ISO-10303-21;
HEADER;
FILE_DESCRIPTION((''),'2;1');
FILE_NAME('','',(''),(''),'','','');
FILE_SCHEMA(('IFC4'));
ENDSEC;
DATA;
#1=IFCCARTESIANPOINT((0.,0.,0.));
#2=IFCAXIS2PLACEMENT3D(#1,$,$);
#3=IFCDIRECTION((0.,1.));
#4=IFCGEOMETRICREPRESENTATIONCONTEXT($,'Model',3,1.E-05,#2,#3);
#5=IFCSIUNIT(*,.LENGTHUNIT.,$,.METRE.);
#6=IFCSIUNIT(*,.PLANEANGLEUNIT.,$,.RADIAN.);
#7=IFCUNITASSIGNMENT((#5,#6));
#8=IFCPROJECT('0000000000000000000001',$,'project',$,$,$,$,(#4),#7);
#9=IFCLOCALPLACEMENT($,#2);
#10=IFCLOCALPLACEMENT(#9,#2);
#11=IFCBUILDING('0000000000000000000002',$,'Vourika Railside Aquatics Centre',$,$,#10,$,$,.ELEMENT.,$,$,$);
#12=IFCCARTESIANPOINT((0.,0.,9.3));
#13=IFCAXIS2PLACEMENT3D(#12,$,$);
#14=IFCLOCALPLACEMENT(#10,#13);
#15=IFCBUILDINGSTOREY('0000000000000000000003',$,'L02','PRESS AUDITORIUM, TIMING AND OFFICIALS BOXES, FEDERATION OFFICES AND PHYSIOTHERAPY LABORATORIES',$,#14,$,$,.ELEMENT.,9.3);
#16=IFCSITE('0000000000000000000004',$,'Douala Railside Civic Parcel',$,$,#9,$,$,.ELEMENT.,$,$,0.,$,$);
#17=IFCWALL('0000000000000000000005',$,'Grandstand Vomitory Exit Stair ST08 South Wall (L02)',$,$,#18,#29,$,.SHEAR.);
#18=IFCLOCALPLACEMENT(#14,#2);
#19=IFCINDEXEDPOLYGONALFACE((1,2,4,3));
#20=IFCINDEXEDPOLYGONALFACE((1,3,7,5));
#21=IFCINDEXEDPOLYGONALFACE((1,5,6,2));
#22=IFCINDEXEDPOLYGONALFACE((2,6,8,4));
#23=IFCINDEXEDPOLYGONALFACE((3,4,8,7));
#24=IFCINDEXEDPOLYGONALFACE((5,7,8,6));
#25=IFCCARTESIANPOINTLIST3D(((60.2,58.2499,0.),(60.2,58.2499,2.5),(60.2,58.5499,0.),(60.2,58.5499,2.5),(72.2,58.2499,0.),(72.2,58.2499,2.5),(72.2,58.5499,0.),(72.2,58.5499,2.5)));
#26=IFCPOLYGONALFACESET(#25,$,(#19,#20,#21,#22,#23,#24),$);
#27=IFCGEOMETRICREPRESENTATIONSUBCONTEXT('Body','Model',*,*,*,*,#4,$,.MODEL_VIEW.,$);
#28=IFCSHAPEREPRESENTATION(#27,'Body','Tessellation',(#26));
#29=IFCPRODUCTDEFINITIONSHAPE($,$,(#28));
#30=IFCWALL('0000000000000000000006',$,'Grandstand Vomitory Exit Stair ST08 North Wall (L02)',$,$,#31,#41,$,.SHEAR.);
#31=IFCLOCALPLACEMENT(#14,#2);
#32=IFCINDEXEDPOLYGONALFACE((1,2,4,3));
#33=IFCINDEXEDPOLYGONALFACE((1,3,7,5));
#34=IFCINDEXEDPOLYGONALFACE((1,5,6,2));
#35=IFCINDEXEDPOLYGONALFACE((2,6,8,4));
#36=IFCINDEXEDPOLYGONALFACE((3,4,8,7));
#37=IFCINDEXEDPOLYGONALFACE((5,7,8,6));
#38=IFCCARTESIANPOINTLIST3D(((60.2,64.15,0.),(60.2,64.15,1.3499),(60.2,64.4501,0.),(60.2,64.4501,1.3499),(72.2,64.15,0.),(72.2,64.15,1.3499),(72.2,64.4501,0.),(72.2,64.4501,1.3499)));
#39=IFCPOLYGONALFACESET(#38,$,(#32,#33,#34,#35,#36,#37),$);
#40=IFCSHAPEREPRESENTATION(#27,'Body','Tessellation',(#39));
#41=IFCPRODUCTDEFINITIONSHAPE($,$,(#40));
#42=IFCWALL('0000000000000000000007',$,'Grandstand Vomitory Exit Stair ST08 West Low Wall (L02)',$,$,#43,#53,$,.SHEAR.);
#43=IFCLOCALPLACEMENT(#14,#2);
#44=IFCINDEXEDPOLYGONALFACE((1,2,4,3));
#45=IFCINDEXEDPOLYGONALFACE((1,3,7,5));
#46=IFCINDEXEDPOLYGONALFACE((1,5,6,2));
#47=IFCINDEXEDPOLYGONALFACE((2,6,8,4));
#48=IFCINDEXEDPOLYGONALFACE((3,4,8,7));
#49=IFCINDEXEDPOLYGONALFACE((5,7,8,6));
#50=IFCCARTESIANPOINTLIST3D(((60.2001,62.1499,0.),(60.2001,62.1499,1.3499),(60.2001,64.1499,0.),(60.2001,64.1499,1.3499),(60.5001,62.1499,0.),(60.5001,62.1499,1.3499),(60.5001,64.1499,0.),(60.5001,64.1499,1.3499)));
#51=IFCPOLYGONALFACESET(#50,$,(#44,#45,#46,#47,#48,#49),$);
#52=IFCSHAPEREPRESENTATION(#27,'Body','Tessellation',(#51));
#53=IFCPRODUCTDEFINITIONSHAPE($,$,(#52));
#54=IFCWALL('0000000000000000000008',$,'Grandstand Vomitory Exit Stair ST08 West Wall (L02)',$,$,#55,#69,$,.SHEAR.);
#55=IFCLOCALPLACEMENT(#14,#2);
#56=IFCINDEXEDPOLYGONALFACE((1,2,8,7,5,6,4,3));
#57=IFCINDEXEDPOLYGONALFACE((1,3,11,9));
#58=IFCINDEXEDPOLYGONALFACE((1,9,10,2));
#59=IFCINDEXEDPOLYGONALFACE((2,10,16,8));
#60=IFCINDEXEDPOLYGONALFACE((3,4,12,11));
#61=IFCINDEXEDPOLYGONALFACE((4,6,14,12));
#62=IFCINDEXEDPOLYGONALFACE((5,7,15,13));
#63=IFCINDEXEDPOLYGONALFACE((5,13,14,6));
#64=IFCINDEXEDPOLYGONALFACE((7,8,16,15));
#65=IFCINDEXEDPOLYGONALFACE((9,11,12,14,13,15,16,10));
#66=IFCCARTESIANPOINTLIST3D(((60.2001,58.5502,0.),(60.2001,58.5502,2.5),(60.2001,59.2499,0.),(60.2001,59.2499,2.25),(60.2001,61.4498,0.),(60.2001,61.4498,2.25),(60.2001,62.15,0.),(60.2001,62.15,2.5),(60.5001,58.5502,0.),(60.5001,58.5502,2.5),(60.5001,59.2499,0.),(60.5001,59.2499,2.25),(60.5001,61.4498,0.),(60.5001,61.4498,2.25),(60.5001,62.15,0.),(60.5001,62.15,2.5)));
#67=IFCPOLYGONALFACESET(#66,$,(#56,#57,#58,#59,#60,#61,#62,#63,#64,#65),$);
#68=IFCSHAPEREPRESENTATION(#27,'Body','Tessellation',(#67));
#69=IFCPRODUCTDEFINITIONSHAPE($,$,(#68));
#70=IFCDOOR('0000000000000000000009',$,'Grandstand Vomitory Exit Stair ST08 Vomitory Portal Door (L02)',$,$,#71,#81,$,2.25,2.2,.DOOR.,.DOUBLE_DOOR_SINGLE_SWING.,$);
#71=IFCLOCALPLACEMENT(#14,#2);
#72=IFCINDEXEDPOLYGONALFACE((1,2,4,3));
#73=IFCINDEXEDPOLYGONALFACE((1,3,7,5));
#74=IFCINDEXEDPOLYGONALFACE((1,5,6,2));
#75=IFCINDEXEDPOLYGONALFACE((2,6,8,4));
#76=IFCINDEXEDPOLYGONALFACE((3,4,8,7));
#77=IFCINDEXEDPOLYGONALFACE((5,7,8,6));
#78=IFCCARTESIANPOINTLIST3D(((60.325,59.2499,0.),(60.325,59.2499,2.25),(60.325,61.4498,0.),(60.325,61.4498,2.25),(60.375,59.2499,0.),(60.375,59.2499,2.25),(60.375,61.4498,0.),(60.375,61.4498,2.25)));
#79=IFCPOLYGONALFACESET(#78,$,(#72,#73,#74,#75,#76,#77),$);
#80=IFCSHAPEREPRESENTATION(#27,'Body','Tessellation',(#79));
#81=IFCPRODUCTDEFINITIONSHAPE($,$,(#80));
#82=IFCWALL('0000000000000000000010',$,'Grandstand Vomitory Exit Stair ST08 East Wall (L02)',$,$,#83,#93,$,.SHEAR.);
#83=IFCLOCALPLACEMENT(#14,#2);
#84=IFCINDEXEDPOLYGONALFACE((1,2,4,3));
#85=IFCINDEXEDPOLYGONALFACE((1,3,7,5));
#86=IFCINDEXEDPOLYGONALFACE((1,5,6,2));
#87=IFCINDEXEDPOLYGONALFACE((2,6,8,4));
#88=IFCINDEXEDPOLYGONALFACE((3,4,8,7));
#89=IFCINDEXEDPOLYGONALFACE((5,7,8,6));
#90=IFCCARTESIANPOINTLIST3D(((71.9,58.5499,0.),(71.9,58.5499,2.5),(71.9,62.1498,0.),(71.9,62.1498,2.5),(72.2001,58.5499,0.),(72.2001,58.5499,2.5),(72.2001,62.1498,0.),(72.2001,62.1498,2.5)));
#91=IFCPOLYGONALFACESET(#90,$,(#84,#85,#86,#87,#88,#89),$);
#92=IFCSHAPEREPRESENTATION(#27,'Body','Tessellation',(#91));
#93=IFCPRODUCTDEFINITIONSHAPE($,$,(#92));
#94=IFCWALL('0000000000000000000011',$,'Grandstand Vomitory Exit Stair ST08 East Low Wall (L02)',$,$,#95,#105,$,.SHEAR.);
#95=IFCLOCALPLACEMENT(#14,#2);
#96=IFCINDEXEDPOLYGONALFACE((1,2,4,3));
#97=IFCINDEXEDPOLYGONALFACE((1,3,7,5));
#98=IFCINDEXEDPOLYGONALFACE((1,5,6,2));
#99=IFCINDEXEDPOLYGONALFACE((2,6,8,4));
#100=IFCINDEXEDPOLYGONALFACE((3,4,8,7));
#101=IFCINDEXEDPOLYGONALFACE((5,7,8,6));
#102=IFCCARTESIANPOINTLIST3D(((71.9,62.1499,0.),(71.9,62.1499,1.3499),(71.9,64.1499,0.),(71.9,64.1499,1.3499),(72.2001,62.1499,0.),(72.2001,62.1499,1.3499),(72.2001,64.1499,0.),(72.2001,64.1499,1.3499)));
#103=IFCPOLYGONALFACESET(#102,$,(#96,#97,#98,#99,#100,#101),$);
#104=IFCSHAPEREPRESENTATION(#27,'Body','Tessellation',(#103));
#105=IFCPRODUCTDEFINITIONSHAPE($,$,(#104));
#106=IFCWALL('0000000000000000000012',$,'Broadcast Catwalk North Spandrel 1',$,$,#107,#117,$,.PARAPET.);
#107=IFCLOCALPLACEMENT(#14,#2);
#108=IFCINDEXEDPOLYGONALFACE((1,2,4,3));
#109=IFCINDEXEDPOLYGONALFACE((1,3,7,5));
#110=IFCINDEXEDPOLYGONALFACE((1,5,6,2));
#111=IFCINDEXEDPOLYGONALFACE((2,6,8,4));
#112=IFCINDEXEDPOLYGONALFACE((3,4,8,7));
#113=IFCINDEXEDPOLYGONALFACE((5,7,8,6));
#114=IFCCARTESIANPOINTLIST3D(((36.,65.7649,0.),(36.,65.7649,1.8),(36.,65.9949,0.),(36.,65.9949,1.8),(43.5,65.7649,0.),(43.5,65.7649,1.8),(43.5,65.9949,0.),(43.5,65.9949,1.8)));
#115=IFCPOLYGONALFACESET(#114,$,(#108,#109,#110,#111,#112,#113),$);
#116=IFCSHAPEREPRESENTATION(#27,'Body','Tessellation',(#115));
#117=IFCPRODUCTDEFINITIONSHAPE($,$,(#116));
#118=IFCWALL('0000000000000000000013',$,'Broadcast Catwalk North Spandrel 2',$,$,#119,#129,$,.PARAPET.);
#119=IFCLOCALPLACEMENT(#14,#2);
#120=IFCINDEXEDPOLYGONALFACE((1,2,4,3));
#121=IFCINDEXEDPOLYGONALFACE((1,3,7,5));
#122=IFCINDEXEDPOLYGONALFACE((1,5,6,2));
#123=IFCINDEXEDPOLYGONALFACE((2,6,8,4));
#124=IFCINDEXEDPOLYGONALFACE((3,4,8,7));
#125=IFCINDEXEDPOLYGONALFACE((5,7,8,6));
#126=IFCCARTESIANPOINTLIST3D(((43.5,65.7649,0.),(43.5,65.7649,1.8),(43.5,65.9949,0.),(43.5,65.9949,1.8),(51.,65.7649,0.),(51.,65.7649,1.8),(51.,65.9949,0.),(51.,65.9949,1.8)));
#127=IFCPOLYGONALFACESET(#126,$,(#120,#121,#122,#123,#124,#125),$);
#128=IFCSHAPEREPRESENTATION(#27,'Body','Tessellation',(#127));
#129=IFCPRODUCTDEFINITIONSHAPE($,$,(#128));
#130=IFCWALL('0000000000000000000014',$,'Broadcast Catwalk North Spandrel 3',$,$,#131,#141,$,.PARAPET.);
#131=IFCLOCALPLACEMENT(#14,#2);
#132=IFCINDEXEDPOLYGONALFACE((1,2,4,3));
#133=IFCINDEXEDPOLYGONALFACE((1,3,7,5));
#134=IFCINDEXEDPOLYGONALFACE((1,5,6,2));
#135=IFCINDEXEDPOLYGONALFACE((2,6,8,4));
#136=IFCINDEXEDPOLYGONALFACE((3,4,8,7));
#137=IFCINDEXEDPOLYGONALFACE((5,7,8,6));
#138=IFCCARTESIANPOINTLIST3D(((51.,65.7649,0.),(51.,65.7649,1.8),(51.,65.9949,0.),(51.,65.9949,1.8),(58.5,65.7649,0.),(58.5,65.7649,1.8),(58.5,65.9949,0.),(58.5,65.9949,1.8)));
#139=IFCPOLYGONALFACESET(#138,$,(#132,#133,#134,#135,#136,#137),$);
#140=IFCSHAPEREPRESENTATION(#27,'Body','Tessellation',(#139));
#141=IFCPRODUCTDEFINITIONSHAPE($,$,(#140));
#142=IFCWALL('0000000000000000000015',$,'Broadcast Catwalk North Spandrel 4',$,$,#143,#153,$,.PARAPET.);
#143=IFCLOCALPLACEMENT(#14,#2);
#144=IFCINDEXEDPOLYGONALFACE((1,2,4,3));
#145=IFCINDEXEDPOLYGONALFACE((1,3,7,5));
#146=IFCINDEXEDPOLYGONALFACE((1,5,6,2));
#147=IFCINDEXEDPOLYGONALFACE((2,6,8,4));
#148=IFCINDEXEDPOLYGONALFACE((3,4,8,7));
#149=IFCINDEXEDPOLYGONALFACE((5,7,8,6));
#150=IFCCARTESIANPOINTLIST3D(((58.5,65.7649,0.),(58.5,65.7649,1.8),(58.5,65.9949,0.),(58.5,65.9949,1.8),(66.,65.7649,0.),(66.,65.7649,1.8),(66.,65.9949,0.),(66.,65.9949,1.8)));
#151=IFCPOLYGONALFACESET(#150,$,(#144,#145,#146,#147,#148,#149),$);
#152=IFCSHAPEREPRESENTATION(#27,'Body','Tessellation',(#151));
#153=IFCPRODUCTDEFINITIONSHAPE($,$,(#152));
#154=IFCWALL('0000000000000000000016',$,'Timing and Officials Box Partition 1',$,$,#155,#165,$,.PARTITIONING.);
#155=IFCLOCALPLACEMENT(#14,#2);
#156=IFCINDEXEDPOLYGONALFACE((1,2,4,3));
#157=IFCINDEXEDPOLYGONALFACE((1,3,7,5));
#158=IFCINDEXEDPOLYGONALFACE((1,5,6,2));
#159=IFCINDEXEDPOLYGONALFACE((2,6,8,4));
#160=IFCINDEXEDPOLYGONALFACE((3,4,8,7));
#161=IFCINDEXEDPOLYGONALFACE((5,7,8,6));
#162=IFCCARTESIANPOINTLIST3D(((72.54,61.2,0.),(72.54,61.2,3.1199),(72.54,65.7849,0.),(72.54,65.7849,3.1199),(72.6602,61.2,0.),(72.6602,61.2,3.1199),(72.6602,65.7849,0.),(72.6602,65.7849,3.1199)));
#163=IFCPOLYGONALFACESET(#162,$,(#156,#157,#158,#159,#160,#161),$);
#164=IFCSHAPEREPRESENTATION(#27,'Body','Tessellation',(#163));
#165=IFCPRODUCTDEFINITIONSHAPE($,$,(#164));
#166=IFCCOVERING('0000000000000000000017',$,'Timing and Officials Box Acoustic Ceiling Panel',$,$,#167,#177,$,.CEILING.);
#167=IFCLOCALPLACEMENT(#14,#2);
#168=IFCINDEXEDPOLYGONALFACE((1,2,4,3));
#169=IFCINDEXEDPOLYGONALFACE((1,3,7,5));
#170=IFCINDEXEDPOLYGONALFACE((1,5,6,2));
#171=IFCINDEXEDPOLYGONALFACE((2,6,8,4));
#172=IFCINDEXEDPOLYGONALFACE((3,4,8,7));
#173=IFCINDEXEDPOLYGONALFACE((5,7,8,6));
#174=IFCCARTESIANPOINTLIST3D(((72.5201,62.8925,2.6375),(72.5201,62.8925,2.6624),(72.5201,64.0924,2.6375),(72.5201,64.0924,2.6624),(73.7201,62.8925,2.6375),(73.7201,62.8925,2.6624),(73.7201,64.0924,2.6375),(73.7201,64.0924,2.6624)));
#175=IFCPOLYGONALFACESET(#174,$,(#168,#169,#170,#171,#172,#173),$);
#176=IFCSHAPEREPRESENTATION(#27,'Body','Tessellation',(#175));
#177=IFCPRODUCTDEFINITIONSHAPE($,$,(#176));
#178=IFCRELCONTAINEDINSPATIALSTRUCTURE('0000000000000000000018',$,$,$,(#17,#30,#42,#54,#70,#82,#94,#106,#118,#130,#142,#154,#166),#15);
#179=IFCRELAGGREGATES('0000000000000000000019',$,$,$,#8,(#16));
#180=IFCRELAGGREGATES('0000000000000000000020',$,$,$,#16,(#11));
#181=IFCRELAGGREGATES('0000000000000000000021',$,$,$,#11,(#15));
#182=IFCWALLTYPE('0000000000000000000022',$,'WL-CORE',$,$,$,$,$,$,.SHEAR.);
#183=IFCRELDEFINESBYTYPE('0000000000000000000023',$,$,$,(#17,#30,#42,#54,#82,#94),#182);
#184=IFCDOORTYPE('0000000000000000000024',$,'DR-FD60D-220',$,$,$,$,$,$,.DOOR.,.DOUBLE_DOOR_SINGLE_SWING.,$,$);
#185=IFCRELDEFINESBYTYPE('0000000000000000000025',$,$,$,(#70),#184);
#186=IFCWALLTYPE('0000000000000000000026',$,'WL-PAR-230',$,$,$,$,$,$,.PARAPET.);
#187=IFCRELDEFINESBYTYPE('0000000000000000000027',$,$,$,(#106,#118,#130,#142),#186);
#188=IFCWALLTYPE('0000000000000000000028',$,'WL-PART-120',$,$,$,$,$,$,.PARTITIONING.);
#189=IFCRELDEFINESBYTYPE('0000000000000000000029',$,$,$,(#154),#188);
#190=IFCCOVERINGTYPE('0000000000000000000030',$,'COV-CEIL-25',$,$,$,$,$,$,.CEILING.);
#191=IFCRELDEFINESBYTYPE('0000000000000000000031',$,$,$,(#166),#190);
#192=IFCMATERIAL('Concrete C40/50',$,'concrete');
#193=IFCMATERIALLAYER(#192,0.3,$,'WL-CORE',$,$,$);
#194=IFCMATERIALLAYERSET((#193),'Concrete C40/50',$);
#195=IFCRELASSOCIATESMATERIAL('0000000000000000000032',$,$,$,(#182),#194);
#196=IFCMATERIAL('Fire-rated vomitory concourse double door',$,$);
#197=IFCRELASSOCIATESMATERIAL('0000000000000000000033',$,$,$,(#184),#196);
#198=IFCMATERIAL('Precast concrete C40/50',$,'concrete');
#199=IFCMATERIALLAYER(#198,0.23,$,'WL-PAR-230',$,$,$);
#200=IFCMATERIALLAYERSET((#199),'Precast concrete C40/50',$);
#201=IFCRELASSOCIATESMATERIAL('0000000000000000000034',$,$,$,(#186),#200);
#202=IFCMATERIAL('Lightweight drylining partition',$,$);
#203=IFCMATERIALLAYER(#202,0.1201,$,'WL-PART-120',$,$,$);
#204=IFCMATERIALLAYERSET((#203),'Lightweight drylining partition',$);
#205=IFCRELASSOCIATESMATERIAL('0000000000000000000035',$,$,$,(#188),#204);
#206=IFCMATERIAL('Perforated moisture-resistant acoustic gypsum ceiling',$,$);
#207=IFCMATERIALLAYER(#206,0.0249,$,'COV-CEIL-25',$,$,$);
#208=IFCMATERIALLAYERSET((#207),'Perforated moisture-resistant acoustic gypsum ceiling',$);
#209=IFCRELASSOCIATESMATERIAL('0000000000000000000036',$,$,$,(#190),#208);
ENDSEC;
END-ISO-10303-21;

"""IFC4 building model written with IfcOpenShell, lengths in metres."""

from ifc_helpers import new_model, si_unit, direction, frame, frame_2d, origin, origin_2d, place, context, subcontext, project, spatial, rectangle, extrude, material, layer, layer_set, type_object, element, fill, save


model = new_model("IFC4")

# Units and contexts
model_context = context("Model", 3, precision=1e-05, world=origin(), true_north=direction((0.0, 1.0)))
body_context = subcontext(model_context, "Body", "Model", "MODEL_VIEW")
ifc_project = project(units=[si_unit("LENGTHUNIT", "METRE"), si_unit("PLANEANGLEUNIT", "RADIAN")], contexts=[model_context])

# Site, building, storey
site_placement = place(None, origin())
site = spatial("IfcSite", under=ifc_project, at=site_placement, Name="Douala Railside Civic Parcel", CompositionType="ELEMENT", RefElevation=0.0)
building_placement = place(site_placement, origin())
building = spatial("IfcBuilding", under=site, at=building_placement, Name="Vourika Railside Aquatics Centre", CompositionType="ELEMENT")
storey_placement = place(building_placement, frame((0.0, 0.0, 9.3)))
storey = spatial("IfcBuildingStorey", under=building, at=storey_placement, Name="L02", Description="PRESS AUDITORIUM, TIMING AND OFFICIALS BOXES, FEDERATION OFFICES AND PHYSIOTHERAPY LABORATORIES", CompositionType="ELEMENT", Elevation=9.3)

# Walls
ifc_material_1 = material(Name="Concrete C40/50", Category="concrete")
ifc_layer_1 = layer(ifc_material_1, 0.3, Name="WL-CORE")
ifc_layer_set_1 = layer_set([ifc_layer_1], Name="Concrete C40/50")
wall_type_1 = type_object("IfcWallType", Name="WL-CORE", PredefinedType="SHEAR", material=ifc_layer_set_1)
wall_1_placement = place(storey_placement, frame((60.2, 58.3999, 0.0), z_axis=(0.0, 0.0, 1.0), x_axis=(1.0, 0.0, 0.0)))
element("IfcWall", 1, at=wall_1_placement, inside=storey, type_object=wall_type_1, Name="Grandstand Vomitory Exit Stair ST08 South Wall (L02)", PredefinedType="SHEAR", context=body_context, shape_type="SweptSolid", body=[
    extrude(rectangle(XDim=12.0, YDim=0.3, at=frame_2d((6.0, 0.0))), origin(), (0.0, 0.0, 1.0), 2.5),
])
wall_2_placement = place(storey_placement, frame((72.2, 64.3, 0.0), z_axis=(0.0, 0.0, 1.0), x_axis=(-1.0, 0.0, 0.0)))
element("IfcWall", 2, at=wall_2_placement, inside=storey, type_object=wall_type_1, Name="Grandstand Vomitory Exit Stair ST08 North Wall (L02)", PredefinedType="SHEAR", context=body_context, shape_type="SweptSolid", body=[
    extrude(rectangle(XDim=12.0, YDim=0.3, at=frame_2d((6.0, 0.0))), origin(), (0.0, 0.0, 1.0), 1.3499),
])
wall_3_placement = place(storey_placement, frame((60.3501, 64.1499, 0.0), z_axis=(0.0, 0.0, 1.0), x_axis=(0.0, -1.0, 0.0)))
element("IfcWall", 3, at=wall_3_placement, inside=storey, type_object=wall_type_1, Name="Grandstand Vomitory Exit Stair ST08 West Low Wall (L02)", PredefinedType="SHEAR", context=body_context, shape_type="SweptSolid", body=[
    extrude(rectangle(XDim=2.0, YDim=0.3, at=frame_2d((1.0, 0.0))), origin(), (0.0, 0.0, 1.0), 1.3499),
])

# Wall, opening, door
wall_4_placement = place(storey_placement, frame((60.3501, 62.1499, 0.0), z_axis=(0.0, 0.0, 1.0), x_axis=(0.0, -1.0, 0.0)))
wall_4 = element("IfcWall", 4, at=wall_4_placement, inside=storey, type_object=wall_type_1, Name="Grandstand Vomitory Exit Stair ST08 West Wall (L02)", PredefinedType="SHEAR", context=body_context, shape_type="SweptSolid", body=[
    extrude(rectangle(XDim=3.5999, YDim=0.3, at=frame_2d((1.7998, 0.0))), origin(), (0.0, 0.0, 1.0), 2.5),
])
opening_placement = place(wall_4_placement, frame((0.7, 0.0, 0.0)))
opening = element("IfcOpeningElement", 5, at=opening_placement, cuts=wall_4, PredefinedType="OPENING", context=body_context, shape_type="SweptSolid", body=[
    extrude(rectangle(XDim=2.2, YDim=2.25, at=frame_2d((1.1001, 1.125))), frame((0.0, 0.1602, 0.0), z_axis=(0.0, -1.0, 0.0), x_axis=(1.0, 0.0, 0.0)), (0.0, 0.0, 1.0), 0.3201),
])
ifc_material_2 = material(Name="Fire-rated vomitory concourse double door")
door_type = type_object("IfcDoorType", Name="DR-FD60D-220", OperationType="DOUBLE_DOOR_SINGLE_SWING", PredefinedType="DOOR", material=ifc_material_2)
door_placement = place(opening_placement, origin())
door = element("IfcDoor", 6, at=door_placement, inside=storey, type_object=door_type, Name="Grandstand Vomitory Exit Stair ST08 Vomitory Portal Door (L02)", OperationType="DOUBLE_DOOR_SINGLE_SWING", OverallHeight=2.25, OverallWidth=2.2, PredefinedType="DOOR", context=body_context, shape_type="SweptSolid", body=[
    extrude(rectangle(XDim=2.2, YDim=2.25, at=frame_2d((1.1001, 1.125))), frame((0.0, 0.0249, 0.0), z_axis=(0.0, -1.0, 0.0), x_axis=(1.0, 0.0, 0.0)), (0.0, 0.0, 1.0), 0.05),
])
fill(opening, door)

# Walls
wall_5_placement = place(storey_placement, frame((72.05, 58.55, 0.0), z_axis=(0.0, 0.0, 1.0), x_axis=(0.0, 1.0, 0.0)))
element("IfcWall", 7, at=wall_5_placement, inside=storey, type_object=wall_type_1, Name="Grandstand Vomitory Exit Stair ST08 East Wall (L02)", PredefinedType="SHEAR", context=body_context, shape_type="SweptSolid", body=[
    extrude(rectangle(XDim=3.5999, YDim=0.3, at=frame_2d((1.7998, 0.0))), origin(), (0.0, 0.0, 1.0), 2.5),
])
wall_6_placement = place(storey_placement, frame((72.05, 62.1499, 0.0), z_axis=(0.0, 0.0, 1.0), x_axis=(0.0, 1.0, 0.0)))
element("IfcWall", 8, at=wall_6_placement, inside=storey, type_object=wall_type_1, Name="Grandstand Vomitory Exit Stair ST08 East Low Wall (L02)", PredefinedType="SHEAR", context=body_context, shape_type="SweptSolid", body=[
    extrude(rectangle(XDim=2.0, YDim=0.3, at=frame_2d((1.0, 0.0))), origin(), (0.0, 0.0, 1.0), 1.3499),
])
ifc_material_3 = material(Name="Precast concrete C40/50", Category="concrete")
ifc_layer_2 = layer(ifc_material_3, 0.23, Name="WL-PAR-230")
ifc_layer_set_2 = layer_set([ifc_layer_2], Name="Precast concrete C40/50")
wall_type_2 = type_object("IfcWallType", Name="WL-PAR-230", PredefinedType="PARAPET", material=ifc_layer_set_2)
for number, where, z_axis, x_axis, name in (
    (9, (43.5, 65.8799, 0.0), (0.0, 0.0, 1.0), (-1.0, 0.0, 0.0), "Broadcast Catwalk North Spandrel 1"),
    (10, (51.0, 65.8799, 0.0), (0.0, 0.0, 1.0), (-1.0, 0.0, 0.0), "Broadcast Catwalk North Spandrel 2"),
    (11, (58.5, 65.8799, 0.0), (0.0, 0.0, 1.0), (-1.0, 0.0, 0.0), "Broadcast Catwalk North Spandrel 3"),
    (12, (66.0, 65.8799, 0.0), (0.0, 0.0, 1.0), (-1.0, 0.0, 0.0), "Broadcast Catwalk North Spandrel 4"),
):
    element("IfcWall", number, at=place(storey_placement, frame(where, z_axis=z_axis, x_axis=x_axis)), inside=storey, type_object=wall_type_2, Name=name, PredefinedType="PARAPET", context=body_context, shape_type="SweptSolid", body=[
        extrude(rectangle(XDim=7.5, YDim=0.23, at=frame_2d((3.75, 0.0))), origin(), (0.0, 0.0, 1.0), 1.8),
    ])
ifc_material_4 = material(Name="Lightweight drylining partition")
ifc_layer_3 = layer(ifc_material_4, 0.1201, Name="WL-PART-120")
ifc_layer_set_3 = layer_set([ifc_layer_3], Name="Lightweight drylining partition")
wall_type_3 = type_object("IfcWallType", Name="WL-PART-120", PredefinedType="PARTITIONING", material=ifc_layer_set_3)
wall_7_placement = place(storey_placement, frame((72.6001, 61.2, 0.0), z_axis=(0.0, 0.0, 1.0), x_axis=(0.0, 1.0, 0.0)))
element("IfcWall", 13, at=wall_7_placement, inside=storey, type_object=wall_type_3, Name="Timing and Officials Box Partition 1", PredefinedType="PARTITIONING", context=body_context, shape_type="SweptSolid", body=[
    extrude(rectangle(XDim=4.585, YDim=0.1201, at=frame_2d((2.2925, 0.0))), origin(), (0.0, 0.0, 1.0), 3.1199),
])

# Covering
ifc_material_5 = material(Name="Perforated moisture-resistant acoustic gypsum ceiling")
ifc_layer_4 = layer(ifc_material_5, 0.0249, Name="COV-CEIL-25")
ifc_layer_set_4 = layer_set([ifc_layer_4], Name="Perforated moisture-resistant acoustic gypsum ceiling")
covering_type = type_object("IfcCoveringType", Name="COV-CEIL-25", PredefinedType="CEILING", material=ifc_layer_set_4)
covering_placement = place(storey_placement, frame((73.1201, 63.4924, 2.6375), z_axis=(0.0, 0.0, 1.0), x_axis=(1.0, 0.0, 0.0)))
element("IfcCovering", 14, at=covering_placement, inside=storey, type_object=covering_type, Name="Timing and Officials Box Acoustic Ceiling Panel", PredefinedType="CEILING", context=body_context, shape_type="SweptSolid", body=[
    extrude(rectangle(XDim=1.2, YDim=1.2, at=origin_2d()), origin(), (0.0, 0.0, 1.0), 0.0249),
])

save(model, "model.ifc")
